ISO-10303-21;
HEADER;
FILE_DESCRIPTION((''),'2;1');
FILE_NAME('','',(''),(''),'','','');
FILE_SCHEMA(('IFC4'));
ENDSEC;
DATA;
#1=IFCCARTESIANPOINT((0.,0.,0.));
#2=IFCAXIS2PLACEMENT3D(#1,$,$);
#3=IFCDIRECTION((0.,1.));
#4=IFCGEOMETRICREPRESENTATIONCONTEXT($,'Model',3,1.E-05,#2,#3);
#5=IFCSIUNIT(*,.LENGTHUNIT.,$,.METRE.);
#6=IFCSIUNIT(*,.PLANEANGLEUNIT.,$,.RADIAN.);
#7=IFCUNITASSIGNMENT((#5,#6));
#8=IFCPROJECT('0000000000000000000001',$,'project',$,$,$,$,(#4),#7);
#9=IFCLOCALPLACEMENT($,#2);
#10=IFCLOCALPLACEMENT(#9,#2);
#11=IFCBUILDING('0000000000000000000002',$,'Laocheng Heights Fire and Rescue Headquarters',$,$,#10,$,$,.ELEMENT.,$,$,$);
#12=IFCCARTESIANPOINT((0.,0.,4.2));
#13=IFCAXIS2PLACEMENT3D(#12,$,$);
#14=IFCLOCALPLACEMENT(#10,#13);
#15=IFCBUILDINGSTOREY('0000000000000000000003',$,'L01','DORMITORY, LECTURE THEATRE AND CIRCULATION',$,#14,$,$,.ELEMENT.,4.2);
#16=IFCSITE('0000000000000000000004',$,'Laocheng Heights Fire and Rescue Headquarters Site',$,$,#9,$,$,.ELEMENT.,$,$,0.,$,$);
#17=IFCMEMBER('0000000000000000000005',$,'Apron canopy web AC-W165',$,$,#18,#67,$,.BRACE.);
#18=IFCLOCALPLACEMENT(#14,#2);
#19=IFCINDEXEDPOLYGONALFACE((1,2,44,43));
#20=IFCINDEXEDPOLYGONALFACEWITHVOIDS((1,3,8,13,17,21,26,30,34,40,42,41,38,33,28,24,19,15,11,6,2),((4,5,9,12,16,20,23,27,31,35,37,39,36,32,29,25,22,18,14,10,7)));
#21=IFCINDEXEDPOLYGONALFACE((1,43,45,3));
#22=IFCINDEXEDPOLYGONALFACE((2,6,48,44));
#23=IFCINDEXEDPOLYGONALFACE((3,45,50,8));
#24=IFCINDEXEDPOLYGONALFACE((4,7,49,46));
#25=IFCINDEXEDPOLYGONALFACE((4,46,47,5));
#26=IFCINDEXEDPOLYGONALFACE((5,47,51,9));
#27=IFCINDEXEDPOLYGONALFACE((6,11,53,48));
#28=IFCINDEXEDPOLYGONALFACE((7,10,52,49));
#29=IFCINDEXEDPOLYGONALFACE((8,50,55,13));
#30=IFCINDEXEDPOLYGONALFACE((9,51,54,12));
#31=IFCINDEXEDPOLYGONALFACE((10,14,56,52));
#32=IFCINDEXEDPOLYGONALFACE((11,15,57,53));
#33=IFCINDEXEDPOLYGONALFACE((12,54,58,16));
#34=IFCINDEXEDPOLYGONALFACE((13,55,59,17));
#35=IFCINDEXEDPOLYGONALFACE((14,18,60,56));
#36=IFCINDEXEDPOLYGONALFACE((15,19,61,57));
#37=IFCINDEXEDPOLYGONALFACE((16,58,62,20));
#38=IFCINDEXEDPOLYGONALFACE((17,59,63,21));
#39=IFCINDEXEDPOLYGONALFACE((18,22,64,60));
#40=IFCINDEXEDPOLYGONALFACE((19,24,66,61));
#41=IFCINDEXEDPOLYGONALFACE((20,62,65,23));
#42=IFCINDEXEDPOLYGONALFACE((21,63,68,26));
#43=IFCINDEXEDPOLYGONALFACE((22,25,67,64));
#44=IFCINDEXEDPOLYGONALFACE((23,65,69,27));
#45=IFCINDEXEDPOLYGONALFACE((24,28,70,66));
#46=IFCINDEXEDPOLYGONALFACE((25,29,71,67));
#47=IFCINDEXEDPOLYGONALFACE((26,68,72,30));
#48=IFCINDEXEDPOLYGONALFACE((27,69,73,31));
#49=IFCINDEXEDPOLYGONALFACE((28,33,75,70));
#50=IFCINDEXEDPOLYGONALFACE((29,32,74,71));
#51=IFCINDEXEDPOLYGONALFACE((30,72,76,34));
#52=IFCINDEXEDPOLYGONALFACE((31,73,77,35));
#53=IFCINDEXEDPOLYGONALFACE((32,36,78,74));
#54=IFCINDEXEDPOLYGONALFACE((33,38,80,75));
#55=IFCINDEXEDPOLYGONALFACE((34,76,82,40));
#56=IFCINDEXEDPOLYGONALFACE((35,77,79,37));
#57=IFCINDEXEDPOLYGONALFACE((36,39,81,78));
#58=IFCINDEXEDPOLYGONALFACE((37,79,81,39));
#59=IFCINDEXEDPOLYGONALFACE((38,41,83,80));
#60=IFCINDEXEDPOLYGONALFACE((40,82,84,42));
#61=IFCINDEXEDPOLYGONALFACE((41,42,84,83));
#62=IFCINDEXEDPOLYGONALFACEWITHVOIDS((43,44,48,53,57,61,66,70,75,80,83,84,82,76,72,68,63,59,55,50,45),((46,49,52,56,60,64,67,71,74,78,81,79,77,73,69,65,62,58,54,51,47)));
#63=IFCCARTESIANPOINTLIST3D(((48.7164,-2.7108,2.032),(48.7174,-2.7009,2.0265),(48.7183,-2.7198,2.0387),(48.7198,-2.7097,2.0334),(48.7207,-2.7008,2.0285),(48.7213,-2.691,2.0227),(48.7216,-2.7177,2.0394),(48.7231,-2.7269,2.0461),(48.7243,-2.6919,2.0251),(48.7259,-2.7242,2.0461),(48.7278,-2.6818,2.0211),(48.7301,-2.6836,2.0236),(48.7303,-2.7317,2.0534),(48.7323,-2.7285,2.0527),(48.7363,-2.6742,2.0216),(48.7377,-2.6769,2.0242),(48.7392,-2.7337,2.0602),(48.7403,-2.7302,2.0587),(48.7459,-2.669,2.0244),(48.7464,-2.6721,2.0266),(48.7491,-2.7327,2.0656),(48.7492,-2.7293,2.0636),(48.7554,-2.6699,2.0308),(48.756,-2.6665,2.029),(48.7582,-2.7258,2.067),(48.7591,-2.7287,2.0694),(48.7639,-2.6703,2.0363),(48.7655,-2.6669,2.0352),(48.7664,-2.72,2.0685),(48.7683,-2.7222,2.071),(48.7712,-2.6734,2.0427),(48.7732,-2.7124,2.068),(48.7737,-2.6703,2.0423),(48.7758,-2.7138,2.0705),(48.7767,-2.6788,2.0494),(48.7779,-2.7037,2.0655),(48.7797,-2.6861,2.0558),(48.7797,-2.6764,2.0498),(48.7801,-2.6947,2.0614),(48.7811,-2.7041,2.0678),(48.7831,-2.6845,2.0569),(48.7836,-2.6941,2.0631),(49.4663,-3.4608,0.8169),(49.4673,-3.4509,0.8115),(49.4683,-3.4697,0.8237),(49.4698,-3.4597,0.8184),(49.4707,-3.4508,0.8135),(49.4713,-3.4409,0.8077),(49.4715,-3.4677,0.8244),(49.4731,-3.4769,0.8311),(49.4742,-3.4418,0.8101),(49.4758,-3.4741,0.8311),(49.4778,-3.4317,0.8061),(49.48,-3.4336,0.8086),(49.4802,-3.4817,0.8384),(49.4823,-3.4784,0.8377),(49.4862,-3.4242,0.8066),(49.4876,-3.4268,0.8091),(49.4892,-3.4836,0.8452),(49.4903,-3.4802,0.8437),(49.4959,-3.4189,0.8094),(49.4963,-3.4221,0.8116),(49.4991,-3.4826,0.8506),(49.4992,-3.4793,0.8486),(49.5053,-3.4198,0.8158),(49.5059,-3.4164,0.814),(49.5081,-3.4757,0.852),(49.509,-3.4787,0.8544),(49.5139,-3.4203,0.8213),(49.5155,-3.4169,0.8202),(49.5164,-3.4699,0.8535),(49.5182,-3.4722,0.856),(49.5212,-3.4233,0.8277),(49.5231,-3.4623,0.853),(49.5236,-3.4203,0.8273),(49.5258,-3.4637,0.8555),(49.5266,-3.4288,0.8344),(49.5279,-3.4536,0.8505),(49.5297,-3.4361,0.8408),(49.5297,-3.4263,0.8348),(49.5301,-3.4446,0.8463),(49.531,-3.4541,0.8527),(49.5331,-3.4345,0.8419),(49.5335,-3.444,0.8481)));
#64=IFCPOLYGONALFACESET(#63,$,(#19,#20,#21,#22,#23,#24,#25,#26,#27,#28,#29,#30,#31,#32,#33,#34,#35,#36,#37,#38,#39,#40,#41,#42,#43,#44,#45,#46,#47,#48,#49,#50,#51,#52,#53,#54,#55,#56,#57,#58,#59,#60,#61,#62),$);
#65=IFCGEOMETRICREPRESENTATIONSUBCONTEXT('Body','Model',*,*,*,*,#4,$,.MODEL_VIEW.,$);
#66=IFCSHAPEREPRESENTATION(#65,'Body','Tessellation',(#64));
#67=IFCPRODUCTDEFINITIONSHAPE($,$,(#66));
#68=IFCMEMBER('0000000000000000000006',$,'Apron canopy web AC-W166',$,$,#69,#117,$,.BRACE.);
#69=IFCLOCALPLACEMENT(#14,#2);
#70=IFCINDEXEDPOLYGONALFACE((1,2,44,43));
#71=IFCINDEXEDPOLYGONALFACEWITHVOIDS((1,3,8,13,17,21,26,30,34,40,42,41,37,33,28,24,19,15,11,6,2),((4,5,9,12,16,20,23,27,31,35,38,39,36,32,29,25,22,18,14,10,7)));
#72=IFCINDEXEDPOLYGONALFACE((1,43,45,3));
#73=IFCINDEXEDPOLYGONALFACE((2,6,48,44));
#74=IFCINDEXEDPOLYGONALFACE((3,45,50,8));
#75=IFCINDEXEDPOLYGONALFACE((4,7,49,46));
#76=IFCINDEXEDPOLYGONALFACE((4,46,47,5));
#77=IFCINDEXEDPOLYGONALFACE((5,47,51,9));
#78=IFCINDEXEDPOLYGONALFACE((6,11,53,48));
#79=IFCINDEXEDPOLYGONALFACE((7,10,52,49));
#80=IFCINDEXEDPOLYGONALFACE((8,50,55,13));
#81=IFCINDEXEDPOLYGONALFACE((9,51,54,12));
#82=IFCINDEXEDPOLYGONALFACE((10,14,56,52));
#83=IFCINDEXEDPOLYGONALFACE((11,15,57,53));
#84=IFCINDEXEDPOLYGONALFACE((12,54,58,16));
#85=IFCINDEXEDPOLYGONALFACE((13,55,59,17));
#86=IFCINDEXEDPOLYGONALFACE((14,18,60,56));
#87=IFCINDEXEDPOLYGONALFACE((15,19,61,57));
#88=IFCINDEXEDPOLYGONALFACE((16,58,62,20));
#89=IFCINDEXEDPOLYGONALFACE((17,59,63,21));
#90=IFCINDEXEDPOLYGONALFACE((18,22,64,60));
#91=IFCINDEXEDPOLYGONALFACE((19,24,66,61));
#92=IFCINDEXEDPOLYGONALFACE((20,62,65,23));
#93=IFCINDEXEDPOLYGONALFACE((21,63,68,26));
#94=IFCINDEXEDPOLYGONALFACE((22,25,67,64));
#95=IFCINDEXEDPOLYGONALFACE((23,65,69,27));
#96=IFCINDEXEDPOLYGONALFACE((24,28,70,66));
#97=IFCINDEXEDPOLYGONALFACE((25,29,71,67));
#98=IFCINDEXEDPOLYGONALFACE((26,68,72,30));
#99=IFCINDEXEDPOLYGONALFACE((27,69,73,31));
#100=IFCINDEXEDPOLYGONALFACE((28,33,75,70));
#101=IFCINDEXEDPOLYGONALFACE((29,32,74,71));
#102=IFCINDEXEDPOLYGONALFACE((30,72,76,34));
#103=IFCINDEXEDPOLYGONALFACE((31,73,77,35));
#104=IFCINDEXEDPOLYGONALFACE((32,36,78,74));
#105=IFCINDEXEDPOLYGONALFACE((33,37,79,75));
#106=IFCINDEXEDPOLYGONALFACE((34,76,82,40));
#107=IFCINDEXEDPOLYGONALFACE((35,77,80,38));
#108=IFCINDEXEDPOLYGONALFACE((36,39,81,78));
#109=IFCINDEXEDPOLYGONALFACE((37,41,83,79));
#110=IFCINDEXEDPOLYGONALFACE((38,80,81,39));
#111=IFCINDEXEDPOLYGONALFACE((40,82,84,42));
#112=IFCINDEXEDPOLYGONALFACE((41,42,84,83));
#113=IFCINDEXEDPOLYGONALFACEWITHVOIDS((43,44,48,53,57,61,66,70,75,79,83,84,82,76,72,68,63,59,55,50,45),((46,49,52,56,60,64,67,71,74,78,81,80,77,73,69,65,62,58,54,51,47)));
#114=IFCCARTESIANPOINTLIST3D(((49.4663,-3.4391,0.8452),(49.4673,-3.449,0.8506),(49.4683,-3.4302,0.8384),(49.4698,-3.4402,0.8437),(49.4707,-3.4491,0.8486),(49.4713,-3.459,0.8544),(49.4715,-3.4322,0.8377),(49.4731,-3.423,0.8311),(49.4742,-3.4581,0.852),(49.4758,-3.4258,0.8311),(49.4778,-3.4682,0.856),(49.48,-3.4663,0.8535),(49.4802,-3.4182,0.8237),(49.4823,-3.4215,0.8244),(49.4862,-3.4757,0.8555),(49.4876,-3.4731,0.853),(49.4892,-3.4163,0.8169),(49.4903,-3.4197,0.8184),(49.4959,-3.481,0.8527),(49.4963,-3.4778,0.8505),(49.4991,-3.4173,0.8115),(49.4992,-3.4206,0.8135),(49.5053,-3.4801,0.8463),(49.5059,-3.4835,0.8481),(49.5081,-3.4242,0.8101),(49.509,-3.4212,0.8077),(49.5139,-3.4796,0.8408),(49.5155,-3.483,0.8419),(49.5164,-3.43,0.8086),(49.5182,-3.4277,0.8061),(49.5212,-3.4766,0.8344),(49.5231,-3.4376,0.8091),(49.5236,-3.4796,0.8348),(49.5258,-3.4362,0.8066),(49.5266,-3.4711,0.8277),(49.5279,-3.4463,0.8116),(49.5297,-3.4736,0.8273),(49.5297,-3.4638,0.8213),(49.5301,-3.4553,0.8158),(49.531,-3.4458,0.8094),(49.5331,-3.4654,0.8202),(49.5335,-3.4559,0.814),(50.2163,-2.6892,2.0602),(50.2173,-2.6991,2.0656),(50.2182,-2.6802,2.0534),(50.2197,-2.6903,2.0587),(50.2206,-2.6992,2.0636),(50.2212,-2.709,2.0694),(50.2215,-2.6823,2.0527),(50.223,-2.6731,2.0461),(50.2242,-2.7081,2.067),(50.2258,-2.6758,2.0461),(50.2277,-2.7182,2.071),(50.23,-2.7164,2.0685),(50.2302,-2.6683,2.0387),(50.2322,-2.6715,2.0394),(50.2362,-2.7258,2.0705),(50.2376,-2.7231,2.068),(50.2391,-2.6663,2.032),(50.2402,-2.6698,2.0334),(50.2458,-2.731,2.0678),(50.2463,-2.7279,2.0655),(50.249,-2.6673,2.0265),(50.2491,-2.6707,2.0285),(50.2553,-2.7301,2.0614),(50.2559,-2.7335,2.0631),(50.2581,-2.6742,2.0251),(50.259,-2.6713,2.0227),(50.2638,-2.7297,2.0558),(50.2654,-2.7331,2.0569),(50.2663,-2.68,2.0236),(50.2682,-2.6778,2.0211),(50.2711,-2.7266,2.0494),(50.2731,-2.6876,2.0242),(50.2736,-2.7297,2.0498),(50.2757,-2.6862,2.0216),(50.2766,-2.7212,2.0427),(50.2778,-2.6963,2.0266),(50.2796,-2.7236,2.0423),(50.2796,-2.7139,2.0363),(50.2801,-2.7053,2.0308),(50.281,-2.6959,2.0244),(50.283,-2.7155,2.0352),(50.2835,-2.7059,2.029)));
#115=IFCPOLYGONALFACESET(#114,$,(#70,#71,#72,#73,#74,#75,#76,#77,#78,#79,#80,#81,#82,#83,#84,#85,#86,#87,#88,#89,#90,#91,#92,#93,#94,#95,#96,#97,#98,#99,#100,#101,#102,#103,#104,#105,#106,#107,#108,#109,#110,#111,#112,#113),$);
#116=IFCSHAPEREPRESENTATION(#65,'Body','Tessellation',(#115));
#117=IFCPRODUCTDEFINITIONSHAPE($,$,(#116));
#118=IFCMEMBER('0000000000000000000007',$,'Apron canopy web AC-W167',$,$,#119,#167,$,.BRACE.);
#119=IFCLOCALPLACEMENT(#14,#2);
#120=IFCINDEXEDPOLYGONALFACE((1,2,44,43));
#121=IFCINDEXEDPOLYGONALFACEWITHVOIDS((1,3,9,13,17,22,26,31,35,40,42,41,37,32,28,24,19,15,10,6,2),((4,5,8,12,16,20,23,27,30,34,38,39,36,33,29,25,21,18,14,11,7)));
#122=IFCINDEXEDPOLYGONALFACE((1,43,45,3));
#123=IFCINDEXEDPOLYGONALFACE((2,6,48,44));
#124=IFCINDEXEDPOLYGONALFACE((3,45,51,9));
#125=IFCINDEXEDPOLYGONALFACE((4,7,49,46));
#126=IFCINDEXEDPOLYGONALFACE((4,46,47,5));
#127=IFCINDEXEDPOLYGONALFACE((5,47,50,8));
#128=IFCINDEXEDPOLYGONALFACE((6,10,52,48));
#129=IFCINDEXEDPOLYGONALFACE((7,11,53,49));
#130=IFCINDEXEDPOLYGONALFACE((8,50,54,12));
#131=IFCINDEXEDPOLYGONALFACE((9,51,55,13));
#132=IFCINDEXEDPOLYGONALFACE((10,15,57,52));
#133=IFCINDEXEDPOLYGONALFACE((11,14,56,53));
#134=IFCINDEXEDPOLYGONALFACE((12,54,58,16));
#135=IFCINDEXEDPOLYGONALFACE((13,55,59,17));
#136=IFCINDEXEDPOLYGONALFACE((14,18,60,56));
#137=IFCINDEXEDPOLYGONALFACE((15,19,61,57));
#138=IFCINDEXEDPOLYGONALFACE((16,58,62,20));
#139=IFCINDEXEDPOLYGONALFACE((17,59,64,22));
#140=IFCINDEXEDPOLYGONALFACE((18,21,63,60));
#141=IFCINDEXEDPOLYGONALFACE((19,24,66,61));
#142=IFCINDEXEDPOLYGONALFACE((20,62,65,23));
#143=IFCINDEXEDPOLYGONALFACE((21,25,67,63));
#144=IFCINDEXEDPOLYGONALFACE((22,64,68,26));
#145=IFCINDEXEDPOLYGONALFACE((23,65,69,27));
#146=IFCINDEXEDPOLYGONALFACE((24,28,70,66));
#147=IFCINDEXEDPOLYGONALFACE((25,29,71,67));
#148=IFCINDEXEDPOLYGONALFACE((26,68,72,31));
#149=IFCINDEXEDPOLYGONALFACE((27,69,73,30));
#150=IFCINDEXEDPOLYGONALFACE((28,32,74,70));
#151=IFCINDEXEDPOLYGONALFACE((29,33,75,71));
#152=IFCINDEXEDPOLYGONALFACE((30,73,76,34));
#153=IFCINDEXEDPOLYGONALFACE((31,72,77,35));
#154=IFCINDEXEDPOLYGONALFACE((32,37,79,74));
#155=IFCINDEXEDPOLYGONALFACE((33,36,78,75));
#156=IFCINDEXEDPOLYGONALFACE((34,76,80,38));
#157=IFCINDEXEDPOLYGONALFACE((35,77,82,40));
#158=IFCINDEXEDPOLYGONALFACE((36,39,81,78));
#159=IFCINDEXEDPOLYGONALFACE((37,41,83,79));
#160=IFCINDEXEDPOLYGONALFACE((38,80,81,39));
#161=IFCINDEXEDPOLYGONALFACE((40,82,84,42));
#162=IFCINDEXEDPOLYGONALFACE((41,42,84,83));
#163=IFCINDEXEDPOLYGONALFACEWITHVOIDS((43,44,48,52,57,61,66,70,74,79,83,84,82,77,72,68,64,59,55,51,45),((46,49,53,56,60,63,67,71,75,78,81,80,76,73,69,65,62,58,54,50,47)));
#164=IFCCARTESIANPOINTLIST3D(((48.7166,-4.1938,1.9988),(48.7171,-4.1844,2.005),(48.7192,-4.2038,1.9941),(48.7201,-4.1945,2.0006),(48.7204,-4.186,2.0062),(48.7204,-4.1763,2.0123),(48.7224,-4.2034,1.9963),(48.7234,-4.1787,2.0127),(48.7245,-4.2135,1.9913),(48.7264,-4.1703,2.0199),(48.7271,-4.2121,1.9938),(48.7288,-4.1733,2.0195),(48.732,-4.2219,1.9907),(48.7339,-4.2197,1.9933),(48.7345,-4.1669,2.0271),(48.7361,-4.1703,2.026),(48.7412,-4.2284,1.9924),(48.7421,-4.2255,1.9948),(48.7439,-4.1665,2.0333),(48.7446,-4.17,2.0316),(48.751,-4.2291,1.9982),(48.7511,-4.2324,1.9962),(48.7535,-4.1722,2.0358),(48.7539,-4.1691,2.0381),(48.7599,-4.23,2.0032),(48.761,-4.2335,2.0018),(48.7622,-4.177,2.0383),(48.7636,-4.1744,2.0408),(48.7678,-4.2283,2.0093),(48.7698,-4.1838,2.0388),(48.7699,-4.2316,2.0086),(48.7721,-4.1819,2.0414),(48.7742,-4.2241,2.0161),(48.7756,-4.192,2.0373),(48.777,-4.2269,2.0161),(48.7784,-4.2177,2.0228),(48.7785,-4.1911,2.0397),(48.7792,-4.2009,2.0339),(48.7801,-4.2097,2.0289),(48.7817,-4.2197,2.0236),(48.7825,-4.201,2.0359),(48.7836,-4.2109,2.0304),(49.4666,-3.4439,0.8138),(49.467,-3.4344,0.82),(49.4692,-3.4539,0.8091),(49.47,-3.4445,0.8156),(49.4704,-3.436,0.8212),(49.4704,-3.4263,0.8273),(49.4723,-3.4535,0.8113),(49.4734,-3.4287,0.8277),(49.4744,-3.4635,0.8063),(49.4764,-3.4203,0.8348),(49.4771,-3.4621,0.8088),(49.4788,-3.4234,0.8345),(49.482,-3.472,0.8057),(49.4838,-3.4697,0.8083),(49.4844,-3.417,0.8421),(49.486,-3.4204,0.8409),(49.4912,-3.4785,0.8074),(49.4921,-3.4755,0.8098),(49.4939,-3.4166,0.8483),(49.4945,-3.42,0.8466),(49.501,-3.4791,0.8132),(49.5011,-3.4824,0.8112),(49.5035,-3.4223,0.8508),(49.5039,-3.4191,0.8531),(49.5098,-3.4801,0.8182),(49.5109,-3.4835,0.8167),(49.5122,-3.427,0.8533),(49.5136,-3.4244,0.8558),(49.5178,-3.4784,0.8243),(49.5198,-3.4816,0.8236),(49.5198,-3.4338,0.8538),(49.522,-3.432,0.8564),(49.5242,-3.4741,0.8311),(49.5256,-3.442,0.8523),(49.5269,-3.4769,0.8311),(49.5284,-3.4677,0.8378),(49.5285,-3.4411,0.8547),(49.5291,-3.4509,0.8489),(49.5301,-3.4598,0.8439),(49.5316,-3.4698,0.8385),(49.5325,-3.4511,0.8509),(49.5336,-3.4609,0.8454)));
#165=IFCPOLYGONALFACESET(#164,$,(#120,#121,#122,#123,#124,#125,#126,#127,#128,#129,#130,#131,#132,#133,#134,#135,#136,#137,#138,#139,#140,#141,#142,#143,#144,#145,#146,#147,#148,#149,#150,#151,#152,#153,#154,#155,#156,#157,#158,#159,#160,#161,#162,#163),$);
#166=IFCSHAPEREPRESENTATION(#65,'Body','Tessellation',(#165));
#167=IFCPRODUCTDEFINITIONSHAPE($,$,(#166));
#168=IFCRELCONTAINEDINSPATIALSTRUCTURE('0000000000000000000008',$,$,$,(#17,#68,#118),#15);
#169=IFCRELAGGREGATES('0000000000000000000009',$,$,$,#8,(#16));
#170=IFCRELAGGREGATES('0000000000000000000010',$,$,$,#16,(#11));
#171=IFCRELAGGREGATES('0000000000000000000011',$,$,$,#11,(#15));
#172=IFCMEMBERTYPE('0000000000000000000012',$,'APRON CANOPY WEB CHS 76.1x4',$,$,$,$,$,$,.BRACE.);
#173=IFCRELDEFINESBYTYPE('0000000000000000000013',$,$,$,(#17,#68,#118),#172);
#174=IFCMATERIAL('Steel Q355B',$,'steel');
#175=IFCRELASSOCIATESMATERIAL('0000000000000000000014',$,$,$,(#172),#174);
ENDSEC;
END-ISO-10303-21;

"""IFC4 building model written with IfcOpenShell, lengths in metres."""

from ifc_helpers import new_model, si_unit, direction, frame, origin, origin_2d, place, context, subcontext, project, spatial, hollow_circle, extrude, material, material_profile, profile_set, type_object, element, save


model = new_model("IFC4")

# Units and contexts
model_context = context("Model", 3, precision=1e-05, world=origin(), true_north=direction((0.0, 1.0)))
body_context = subcontext(model_context, "Body", "Model", "MODEL_VIEW")
ifc_project = project(units=[si_unit("LENGTHUNIT", "METRE"), si_unit("PLANEANGLEUNIT", "RADIAN")], contexts=[model_context])

# Site, building, storey
site_placement = place(None, origin())
site = spatial("IfcSite", under=ifc_project, at=site_placement, Name="Laocheng Heights Fire and Rescue Headquarters Site", CompositionType="ELEMENT", RefElevation=0.0)
building_placement = place(site_placement, origin())
building = spatial("IfcBuilding", under=site, at=building_placement, Name="Laocheng Heights Fire and Rescue Headquarters", CompositionType="ELEMENT")
storey_placement = place(building_placement, frame((0.0, 0.0, 4.2)))
storey = spatial("IfcBuildingStorey", under=building, at=storey_placement, Name="L01", Description="DORMITORY, LECTURE THEATRE AND CIRCULATION", CompositionType="ELEMENT", Elevation=4.2)

# Members
ifc_material_1 = material(Name="Steel Q355B", Category="steel")
ifc_material_profile_1 = material_profile(ifc_material_1, hollow_circle(Radius=0.0381, WallThickness=0.0039, at=origin_2d()), Name="CHS 76.1x4")
ifc_profile_set_1 = profile_set([ifc_material_profile_1], Name="Steel Q355B")
member_type_1 = type_object("IfcMemberType", Name="APRON CANOPY WEB CHS 76.1x4", PredefinedType="BRACE", material=ifc_profile_set_1)
for number, where, z_axis, x_axis, name in (
    (1, (49.5, -3.45, 0.8311), (-0.465002, 0.465002, 0.753357), (-0.707107, -0.707107, 0.0), "Apron canopy web AC-W165"),
    (2, (49.5, -3.45, 0.8311), (0.465002, 0.465002, 0.753357), (-0.707107, 0.707107, 0.0), "Apron canopy web AC-W166"),
):
    element("IfcMember", number, at=place(storey_placement, frame(where, z_axis=z_axis, x_axis=x_axis)), inside=storey, type_object=member_type_1, Name=name, PredefinedType="BRACE", context=body_context, shape_type="SweptSolid", body=[
        extrude(hollow_circle(Radius=0.0381, WallThickness=0.0039, at=origin_2d()), origin(), (0.0, 0.0, 1.0), 1.6128),
    ])
for number, where, z_axis, x_axis, name in (
    (3, (49.5, -3.45, 0.8311), (-0.47158, -0.47158, 0.745134), (0.707107, -0.707107, 0.0), "Apron canopy web AC-W167"),
):
    element("IfcMember", number, at=place(storey_placement, frame(where, z_axis=z_axis, x_axis=x_axis)), inside=storey, type_object=member_type_1, Name=name, PredefinedType="BRACE", context=body_context, shape_type="SweptSolid", body=[
        extrude(hollow_circle(Radius=0.0381, WallThickness=0.0039, at=origin_2d()), origin(), (0.0, 0.0, 1.0), 1.5903),
    ])

save(model, "model.ifc")
